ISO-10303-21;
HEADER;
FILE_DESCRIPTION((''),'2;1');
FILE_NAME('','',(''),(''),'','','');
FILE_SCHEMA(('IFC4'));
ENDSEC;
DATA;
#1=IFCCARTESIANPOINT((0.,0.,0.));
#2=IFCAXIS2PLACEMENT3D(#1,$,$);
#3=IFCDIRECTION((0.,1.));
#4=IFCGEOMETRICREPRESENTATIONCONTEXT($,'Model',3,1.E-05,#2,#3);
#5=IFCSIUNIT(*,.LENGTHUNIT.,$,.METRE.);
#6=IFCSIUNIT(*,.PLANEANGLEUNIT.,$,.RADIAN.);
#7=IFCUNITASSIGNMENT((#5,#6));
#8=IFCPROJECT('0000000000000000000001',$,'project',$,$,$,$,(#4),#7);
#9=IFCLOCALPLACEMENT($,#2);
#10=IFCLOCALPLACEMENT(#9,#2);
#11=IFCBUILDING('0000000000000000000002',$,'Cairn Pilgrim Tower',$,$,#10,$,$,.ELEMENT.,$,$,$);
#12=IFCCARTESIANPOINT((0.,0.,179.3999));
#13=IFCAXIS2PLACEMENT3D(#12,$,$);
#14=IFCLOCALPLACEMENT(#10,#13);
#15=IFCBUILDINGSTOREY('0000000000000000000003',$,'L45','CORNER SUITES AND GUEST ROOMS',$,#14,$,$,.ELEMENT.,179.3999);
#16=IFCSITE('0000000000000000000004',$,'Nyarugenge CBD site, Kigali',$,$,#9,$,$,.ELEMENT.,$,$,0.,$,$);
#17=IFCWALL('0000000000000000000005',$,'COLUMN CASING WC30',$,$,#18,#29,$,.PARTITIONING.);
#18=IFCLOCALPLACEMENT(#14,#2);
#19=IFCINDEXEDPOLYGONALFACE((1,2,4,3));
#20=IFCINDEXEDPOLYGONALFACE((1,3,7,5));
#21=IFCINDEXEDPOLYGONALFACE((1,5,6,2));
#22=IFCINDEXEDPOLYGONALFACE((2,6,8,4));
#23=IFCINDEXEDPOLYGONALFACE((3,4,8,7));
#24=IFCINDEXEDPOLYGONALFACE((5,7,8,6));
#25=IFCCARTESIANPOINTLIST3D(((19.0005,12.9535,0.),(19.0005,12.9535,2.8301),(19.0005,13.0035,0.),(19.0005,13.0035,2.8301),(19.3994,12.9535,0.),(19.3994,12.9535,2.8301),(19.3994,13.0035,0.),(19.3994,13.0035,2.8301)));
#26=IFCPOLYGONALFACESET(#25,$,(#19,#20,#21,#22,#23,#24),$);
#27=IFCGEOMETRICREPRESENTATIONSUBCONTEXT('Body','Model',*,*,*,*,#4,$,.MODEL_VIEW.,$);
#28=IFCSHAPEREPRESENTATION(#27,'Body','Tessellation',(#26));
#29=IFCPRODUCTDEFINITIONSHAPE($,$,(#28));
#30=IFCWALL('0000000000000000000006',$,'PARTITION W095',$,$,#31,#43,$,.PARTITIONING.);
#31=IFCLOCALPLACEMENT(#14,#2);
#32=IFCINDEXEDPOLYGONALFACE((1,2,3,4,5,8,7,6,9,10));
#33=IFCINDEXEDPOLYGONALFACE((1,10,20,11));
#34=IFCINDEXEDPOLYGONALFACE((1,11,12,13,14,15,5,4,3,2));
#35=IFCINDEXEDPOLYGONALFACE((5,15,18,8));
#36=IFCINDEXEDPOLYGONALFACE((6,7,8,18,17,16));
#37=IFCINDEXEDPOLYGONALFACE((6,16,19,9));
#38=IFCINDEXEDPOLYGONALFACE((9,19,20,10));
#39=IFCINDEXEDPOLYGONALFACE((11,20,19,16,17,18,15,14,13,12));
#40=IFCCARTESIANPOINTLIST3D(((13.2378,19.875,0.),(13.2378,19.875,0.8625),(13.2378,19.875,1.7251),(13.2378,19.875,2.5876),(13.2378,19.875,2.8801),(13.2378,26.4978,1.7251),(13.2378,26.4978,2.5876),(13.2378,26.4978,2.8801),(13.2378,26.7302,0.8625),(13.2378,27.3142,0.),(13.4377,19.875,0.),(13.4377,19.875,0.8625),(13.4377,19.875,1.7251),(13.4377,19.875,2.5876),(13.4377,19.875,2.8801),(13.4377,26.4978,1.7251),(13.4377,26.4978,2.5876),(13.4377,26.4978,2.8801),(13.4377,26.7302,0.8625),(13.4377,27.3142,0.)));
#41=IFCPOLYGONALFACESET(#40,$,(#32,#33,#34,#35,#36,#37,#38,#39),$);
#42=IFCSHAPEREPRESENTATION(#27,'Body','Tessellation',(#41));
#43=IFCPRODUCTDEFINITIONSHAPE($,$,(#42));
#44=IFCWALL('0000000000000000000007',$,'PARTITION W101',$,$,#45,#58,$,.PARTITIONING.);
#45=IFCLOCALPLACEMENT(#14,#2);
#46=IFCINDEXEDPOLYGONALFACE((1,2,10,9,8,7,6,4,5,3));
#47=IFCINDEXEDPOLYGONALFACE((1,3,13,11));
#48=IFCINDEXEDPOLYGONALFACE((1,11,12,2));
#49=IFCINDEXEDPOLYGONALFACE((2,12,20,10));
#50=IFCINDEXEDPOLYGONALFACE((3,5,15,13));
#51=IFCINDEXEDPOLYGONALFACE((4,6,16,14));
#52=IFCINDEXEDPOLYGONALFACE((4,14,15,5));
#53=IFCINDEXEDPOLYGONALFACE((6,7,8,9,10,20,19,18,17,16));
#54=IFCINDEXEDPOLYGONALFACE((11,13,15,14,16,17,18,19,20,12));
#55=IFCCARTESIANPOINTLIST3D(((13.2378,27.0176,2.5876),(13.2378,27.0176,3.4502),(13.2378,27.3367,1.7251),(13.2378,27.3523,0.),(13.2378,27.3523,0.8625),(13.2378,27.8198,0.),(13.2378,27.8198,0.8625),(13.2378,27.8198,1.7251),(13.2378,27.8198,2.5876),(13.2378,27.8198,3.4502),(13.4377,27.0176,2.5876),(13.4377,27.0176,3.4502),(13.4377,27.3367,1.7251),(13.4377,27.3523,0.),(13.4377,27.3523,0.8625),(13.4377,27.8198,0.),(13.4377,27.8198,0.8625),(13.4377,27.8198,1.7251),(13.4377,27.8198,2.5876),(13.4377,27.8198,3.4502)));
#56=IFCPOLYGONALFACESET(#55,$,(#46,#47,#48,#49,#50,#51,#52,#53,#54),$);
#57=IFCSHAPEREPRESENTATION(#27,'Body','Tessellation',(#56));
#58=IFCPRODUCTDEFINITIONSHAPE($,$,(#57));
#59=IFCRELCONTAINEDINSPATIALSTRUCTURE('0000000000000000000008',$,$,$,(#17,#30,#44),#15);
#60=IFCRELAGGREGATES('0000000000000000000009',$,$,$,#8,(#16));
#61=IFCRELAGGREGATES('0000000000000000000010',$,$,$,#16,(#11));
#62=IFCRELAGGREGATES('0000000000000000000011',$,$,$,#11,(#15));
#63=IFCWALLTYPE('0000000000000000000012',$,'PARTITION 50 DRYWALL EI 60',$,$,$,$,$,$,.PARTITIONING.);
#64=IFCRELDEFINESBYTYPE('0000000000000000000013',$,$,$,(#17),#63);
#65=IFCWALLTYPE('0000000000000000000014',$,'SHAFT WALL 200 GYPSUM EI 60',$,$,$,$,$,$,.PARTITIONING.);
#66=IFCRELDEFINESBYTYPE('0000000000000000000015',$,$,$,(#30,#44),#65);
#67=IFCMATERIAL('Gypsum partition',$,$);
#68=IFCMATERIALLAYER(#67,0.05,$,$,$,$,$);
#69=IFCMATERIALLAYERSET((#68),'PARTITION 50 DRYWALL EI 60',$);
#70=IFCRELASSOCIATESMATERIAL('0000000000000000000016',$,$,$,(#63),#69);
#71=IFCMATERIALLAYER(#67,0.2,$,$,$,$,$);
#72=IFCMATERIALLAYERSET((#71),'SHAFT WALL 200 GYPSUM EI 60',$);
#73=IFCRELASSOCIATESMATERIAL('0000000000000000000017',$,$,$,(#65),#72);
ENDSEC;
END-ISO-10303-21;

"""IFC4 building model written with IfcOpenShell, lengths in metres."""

from ifc_helpers import new_model, si_unit, direction, frame, frame_2d, origin, place, context, subcontext, project, spatial, polyline, rectangle, outline, extrude, material, layer, layer_set, type_object, element, save


model = new_model("IFC4")

# Units and contexts
model_context = context("Model", 3, precision=1e-05, world=origin(), true_north=direction((0.0, 1.0)))
body_context = subcontext(model_context, "Body", "Model", "MODEL_VIEW")
ifc_project = project(units=[si_unit("LENGTHUNIT", "METRE"), si_unit("PLANEANGLEUNIT", "RADIAN")], contexts=[model_context])

# Site, building, storey
site_placement = place(None, origin())
site = spatial("IfcSite", under=ifc_project, at=site_placement, Name="Nyarugenge CBD site, Kigali", CompositionType="ELEMENT", RefElevation=0.0)
building_placement = place(site_placement, origin())
building = spatial("IfcBuilding", under=site, at=building_placement, Name="Cairn Pilgrim Tower", CompositionType="ELEMENT")
storey_placement = place(building_placement, frame((0.0, 0.0, 179.3999)))
storey = spatial("IfcBuildingStorey", under=building, at=storey_placement, Name="L45", Description="CORNER SUITES AND GUEST ROOMS", CompositionType="ELEMENT", Elevation=179.3999)

# Shared definitions
ifc_material_1 = material(Name="Gypsum partition")

# Walls
ifc_layer_1 = layer(ifc_material_1, 0.05)
ifc_layer_set_1 = layer_set([ifc_layer_1], Name="PARTITION 50 DRYWALL EI 60")
wall_type_1 = type_object("IfcWallType", Name="PARTITION 50 DRYWALL EI 60", PredefinedType="PARTITIONING", material=ifc_layer_set_1)
wall_1_placement = place(storey_placement, frame((19.0005, 12.9785, 0.0), z_axis=(0.0, 0.0, 1.0), x_axis=(1.0, 0.0, 0.0)))
element("IfcWall", 1, at=wall_1_placement, inside=storey, type_object=wall_type_1, Name="COLUMN CASING WC30", PredefinedType="PARTITIONING", context=body_context, shape_type="SweptSolid", body=[
    extrude(rectangle(XDim=0.3989, YDim=0.05, at=frame_2d((0.1995, 0.0))), origin(), (0.0, 0.0, 1.0), 2.8301),
])
ifc_layer_2 = layer(ifc_material_1, 0.2)
ifc_layer_set_2 = layer_set([ifc_layer_2], Name="SHAFT WALL 200 GYPSUM EI 60")
wall_type_2 = type_object("IfcWallType", Name="SHAFT WALL 200 GYPSUM EI 60", PredefinedType="PARTITIONING", material=ifc_layer_set_2)
wall_2_placement = place(storey_placement, frame((13.3379, 19.875, 0.0), z_axis=(0.0, 0.0, 1.0), x_axis=(0.0, 1.0, 0.0)))
element("IfcWall", 2, at=wall_2_placement, inside=storey, type_object=wall_type_2, Name="PARTITION W095", PredefinedType="PARTITIONING", context=body_context, shape_type="SweptSolid", body=[
    extrude(outline(polyline([(0.0, 0.0), (7.4392, 0.0), (6.8552, 0.8625), (6.6228, 1.7251), (6.6228, 2.5876), (6.6228, 2.8801), (0.0, 2.8801), (0.0, 2.5876), (0.0, 1.7251), (0.0, 0.8625), (0.0, 0.0)])), frame((0.0, 0.1001, 0.0), z_axis=(0.0, -1.0, 0.0), x_axis=(1.0, 0.0, 0.0)), (0.0, 0.0, 1.0), 0.2),
])
wall_3_placement = place(storey_placement, frame((13.3379, 27.0176, 0.0), z_axis=(0.0, 0.0, 1.0), x_axis=(0.0, 1.0, 0.0)))
element("IfcWall", 3, at=wall_3_placement, inside=storey, type_object=wall_type_2, Name="PARTITION W101", PredefinedType="PARTITIONING", context=body_context, shape_type="SweptSolid", body=[
    extrude(outline(polyline([(0.3347, 0.0), (0.8022, 0.0), (0.8022, 0.8625), (0.8022, 1.7251), (0.8022, 2.5876), (0.8022, 3.4502), (0.0, 3.4502), (0.0, 2.5876), (0.3191, 1.7251), (0.3347, 0.8625), (0.3347, 0.0)])), frame((0.0, 0.1001, 0.0), z_axis=(0.0, -1.0, 0.0), x_axis=(1.0, 0.0, 0.0)), (0.0, 0.0, 1.0), 0.2),
])

save(model, "model.ifc")
